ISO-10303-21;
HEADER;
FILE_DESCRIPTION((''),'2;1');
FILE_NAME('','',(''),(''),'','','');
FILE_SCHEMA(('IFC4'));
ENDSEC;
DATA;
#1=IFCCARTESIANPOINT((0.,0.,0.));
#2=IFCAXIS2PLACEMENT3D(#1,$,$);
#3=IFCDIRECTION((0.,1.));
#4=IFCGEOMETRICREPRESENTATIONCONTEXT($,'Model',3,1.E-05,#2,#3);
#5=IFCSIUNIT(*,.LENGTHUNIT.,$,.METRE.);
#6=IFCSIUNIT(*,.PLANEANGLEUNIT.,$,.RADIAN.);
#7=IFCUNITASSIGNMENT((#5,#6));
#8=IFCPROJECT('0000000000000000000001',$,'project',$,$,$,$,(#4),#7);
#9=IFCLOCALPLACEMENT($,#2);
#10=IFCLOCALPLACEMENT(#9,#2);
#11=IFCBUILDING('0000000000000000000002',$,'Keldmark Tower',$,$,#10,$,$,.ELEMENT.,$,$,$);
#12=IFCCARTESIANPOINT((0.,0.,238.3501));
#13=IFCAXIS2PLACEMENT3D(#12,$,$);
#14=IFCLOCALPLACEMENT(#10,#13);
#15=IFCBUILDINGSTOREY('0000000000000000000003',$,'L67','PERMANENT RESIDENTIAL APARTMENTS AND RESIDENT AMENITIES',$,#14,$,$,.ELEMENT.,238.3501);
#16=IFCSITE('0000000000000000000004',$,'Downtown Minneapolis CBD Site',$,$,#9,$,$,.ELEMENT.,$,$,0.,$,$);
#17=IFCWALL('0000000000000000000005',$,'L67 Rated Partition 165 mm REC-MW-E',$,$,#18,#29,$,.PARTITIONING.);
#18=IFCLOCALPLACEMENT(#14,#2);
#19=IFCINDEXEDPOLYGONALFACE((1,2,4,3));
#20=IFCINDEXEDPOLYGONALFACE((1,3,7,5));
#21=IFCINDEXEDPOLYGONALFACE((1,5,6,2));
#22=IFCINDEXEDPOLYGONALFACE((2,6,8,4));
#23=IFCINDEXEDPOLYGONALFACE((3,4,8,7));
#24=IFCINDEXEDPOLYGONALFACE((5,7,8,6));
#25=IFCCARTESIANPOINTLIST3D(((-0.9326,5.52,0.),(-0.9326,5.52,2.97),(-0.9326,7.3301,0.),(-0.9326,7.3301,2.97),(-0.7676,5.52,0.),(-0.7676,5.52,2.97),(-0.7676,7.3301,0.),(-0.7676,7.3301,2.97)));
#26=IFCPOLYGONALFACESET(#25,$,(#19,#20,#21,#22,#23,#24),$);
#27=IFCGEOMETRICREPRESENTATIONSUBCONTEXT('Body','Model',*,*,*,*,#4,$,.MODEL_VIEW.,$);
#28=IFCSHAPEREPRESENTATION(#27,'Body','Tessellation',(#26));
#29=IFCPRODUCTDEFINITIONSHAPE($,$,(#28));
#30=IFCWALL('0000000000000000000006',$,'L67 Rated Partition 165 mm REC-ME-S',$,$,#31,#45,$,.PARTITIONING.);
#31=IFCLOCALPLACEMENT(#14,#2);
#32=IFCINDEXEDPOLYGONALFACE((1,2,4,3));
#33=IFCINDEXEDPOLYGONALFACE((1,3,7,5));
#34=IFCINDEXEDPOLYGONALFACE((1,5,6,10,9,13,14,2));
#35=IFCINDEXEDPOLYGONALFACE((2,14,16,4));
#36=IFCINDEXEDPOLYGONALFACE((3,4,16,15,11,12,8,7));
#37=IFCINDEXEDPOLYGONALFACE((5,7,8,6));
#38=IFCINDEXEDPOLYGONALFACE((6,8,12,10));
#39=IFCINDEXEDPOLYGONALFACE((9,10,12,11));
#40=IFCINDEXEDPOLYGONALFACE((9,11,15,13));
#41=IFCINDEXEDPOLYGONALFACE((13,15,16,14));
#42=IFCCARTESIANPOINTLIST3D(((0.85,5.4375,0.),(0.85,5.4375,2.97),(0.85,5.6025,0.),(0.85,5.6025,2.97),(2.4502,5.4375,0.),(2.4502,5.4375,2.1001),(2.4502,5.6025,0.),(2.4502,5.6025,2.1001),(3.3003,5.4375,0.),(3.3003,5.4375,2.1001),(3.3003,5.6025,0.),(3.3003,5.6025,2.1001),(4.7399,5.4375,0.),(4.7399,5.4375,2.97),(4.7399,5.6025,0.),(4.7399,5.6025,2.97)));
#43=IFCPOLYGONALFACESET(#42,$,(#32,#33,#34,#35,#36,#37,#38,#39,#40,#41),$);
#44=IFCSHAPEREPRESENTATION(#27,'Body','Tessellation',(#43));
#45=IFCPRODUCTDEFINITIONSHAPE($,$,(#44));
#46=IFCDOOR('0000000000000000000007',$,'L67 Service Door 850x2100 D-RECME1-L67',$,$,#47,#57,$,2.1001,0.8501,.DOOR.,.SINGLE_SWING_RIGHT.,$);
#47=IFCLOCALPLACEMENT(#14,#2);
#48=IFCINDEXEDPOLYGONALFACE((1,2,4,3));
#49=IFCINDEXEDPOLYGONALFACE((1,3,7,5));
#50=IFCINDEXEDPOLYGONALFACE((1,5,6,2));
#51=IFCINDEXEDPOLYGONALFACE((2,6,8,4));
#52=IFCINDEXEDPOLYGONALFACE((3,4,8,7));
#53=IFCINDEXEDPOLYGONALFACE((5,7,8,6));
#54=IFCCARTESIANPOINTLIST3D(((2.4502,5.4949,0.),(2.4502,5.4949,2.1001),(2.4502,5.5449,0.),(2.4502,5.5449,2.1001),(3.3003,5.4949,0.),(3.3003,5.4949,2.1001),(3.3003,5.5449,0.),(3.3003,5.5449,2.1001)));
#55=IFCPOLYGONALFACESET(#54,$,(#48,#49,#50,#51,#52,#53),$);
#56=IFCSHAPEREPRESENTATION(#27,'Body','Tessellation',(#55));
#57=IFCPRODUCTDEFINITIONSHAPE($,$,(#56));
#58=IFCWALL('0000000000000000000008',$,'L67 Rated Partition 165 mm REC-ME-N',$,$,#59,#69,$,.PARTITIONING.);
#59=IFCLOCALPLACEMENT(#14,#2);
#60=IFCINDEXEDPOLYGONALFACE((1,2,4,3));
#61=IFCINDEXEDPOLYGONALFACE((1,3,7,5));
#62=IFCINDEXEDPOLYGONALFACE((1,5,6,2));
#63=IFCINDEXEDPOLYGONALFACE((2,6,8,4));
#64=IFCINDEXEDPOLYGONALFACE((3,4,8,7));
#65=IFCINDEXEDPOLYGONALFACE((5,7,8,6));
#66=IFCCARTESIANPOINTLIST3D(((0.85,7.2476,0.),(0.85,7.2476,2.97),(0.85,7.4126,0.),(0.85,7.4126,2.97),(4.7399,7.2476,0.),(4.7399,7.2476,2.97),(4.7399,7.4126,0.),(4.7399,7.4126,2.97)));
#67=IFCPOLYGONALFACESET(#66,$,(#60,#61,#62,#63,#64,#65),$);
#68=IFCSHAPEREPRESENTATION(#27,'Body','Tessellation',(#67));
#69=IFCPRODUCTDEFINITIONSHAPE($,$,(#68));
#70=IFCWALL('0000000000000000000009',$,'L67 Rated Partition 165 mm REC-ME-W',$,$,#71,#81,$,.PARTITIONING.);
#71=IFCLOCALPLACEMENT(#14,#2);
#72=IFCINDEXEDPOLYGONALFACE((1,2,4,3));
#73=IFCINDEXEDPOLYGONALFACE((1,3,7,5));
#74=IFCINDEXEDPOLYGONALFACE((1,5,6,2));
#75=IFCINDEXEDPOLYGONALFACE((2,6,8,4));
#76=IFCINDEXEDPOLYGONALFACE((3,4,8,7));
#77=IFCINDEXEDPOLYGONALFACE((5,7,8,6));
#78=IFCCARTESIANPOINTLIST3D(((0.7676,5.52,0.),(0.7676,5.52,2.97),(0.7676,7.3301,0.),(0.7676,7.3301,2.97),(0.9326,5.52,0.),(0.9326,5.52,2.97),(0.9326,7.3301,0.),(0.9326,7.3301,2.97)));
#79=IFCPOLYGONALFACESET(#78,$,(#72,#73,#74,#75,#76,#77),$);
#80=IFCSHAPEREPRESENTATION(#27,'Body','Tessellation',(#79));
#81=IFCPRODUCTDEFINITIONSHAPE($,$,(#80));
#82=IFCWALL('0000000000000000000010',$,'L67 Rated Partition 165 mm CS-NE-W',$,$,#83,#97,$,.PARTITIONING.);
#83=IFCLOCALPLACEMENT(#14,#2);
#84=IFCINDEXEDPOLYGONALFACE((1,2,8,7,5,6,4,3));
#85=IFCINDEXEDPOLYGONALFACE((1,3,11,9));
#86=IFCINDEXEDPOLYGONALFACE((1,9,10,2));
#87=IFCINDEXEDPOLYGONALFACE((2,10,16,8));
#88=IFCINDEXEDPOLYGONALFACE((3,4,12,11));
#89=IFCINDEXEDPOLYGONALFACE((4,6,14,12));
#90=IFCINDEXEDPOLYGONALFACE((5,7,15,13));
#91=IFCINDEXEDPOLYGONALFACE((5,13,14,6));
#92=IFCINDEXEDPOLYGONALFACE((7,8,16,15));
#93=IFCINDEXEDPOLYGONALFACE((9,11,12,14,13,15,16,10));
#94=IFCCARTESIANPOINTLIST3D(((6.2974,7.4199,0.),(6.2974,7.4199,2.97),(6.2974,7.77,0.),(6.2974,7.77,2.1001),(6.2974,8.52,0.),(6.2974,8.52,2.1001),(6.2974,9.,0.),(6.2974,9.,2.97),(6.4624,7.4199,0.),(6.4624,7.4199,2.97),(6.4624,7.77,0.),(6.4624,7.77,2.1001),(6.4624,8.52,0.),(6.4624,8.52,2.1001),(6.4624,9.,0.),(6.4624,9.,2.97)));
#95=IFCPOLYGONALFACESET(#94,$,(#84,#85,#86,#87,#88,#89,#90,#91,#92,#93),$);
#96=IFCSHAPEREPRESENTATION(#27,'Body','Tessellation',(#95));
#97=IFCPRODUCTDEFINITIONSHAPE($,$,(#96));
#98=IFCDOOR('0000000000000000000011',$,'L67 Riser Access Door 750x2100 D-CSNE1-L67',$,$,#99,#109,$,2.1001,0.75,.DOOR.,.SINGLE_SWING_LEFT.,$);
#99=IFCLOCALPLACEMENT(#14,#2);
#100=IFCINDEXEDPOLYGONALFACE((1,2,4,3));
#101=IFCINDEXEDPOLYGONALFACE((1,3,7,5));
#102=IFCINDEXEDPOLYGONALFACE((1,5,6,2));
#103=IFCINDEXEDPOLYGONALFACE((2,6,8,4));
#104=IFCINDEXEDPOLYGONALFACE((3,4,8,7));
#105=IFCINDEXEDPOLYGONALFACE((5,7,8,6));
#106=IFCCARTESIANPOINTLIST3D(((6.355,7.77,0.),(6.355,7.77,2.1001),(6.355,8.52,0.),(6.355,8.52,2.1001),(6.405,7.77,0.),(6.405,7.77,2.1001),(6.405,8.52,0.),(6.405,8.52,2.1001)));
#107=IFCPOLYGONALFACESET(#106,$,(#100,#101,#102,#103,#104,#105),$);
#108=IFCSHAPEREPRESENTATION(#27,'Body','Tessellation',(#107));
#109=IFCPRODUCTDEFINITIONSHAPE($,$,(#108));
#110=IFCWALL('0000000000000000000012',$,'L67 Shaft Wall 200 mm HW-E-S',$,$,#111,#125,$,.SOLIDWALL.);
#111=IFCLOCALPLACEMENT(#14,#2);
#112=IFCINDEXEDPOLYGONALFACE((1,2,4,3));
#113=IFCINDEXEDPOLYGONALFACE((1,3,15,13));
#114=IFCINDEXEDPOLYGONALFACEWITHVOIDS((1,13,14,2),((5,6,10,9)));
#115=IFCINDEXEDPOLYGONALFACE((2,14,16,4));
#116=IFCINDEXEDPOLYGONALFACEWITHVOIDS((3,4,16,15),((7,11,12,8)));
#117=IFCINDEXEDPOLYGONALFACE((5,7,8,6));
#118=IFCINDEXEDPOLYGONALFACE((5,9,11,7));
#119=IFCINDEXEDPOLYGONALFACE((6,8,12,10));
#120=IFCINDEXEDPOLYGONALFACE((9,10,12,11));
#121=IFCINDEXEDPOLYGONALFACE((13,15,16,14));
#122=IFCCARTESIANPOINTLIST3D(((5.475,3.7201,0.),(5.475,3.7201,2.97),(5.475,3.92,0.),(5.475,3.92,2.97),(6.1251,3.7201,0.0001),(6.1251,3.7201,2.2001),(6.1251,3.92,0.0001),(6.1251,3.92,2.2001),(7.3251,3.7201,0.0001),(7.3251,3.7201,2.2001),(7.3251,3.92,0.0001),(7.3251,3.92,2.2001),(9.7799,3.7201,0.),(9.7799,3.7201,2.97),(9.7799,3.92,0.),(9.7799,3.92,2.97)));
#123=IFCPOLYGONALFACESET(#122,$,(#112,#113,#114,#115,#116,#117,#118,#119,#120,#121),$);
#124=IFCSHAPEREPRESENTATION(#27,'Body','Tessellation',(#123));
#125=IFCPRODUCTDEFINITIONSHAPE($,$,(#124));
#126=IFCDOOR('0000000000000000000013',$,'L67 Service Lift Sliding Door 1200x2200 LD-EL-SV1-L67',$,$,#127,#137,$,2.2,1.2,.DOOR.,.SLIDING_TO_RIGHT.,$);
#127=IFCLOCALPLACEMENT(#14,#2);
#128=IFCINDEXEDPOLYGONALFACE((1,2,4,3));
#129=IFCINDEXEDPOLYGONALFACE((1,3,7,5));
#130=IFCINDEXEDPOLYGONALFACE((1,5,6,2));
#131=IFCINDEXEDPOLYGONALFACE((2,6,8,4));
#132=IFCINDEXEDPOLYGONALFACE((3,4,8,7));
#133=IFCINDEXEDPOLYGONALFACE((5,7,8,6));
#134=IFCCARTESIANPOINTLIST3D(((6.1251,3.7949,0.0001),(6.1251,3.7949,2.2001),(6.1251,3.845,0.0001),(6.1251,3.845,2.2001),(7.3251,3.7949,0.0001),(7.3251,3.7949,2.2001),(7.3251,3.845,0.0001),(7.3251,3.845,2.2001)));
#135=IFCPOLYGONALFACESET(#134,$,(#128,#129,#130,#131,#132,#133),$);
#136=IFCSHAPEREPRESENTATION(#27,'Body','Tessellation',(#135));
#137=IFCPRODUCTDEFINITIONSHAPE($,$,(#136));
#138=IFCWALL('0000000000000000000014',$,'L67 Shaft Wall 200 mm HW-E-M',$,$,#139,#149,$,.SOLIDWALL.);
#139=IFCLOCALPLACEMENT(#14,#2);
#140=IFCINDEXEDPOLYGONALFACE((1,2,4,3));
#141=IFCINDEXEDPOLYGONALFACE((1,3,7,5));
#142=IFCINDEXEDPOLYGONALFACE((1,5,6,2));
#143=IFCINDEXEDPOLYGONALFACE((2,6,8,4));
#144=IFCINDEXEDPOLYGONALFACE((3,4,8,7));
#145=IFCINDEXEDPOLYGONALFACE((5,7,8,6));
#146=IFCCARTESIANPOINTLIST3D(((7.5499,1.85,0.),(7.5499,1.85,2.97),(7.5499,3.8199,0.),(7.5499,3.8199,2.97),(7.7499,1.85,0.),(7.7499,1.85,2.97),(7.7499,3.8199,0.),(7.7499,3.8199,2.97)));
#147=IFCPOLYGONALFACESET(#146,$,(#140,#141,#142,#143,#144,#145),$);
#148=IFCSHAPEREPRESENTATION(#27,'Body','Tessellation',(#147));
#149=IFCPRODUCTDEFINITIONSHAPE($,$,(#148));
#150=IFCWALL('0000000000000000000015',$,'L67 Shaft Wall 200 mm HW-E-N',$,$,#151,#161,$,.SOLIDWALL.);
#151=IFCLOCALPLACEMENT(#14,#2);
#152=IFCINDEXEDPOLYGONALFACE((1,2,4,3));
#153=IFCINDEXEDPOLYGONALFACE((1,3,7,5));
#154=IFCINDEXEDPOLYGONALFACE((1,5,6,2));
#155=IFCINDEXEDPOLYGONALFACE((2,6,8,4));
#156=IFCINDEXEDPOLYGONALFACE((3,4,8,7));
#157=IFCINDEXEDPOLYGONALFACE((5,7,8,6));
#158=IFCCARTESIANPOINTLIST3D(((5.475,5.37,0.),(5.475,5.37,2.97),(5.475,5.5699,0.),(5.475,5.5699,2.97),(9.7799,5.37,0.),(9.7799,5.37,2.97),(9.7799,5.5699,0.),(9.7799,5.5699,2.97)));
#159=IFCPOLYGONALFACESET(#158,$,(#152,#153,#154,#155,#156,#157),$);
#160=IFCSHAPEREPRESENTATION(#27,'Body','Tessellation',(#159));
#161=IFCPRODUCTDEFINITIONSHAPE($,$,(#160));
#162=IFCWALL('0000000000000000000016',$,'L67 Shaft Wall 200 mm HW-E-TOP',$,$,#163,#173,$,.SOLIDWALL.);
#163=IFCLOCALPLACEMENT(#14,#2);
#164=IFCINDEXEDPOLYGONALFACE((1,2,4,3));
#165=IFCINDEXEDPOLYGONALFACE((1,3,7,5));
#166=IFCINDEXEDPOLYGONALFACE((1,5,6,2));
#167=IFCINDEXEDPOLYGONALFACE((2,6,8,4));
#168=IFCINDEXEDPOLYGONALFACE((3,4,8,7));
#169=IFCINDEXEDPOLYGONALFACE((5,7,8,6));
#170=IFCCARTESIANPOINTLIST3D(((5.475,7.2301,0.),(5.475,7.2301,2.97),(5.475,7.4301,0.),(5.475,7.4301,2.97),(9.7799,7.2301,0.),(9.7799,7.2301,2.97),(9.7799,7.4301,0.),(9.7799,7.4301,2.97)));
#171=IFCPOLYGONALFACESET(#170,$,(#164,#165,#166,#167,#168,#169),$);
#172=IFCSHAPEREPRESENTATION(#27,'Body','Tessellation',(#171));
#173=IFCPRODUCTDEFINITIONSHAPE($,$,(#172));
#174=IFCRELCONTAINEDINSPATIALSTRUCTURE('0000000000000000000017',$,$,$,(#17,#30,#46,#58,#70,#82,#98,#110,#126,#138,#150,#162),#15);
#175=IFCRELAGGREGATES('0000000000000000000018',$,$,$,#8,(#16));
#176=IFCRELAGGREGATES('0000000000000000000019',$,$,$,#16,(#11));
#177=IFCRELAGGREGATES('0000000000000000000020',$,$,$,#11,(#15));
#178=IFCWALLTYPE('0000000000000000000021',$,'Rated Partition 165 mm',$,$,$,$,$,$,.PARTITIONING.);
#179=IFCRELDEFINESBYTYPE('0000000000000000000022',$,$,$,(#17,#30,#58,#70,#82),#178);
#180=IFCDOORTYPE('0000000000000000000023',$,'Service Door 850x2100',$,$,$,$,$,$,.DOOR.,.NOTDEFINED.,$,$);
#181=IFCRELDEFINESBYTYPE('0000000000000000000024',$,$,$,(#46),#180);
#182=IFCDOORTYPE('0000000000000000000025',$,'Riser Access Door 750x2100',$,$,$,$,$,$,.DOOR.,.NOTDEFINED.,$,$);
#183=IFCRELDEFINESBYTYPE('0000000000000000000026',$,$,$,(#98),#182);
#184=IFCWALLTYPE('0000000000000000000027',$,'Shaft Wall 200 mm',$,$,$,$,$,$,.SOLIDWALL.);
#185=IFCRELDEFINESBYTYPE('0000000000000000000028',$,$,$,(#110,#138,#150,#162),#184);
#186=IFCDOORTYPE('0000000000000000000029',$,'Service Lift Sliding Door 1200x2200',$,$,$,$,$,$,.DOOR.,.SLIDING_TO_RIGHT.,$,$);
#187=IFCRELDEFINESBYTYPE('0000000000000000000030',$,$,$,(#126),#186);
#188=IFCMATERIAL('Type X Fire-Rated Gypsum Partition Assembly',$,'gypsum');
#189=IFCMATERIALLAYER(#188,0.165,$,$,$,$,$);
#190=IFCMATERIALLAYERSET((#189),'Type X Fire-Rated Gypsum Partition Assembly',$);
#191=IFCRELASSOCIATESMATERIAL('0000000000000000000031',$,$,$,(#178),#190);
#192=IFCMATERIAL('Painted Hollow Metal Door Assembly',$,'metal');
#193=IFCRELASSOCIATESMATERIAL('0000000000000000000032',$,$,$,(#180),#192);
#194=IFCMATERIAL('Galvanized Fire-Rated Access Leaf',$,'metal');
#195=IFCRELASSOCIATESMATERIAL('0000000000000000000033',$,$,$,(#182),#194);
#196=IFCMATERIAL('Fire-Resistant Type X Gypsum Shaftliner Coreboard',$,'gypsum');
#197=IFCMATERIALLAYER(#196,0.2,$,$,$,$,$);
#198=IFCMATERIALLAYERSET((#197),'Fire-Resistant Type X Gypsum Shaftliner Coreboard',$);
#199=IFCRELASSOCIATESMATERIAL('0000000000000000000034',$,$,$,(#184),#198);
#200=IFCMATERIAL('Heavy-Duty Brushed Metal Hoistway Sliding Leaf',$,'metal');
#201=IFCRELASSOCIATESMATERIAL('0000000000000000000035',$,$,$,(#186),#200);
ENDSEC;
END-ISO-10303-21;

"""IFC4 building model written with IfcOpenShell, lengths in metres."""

from ifc_helpers import new_model, si_unit, direction, frame, frame_2d, origin, place, context, subcontext, project, spatial, rectangle, extrude, material, layer, layer_set, type_object, element, fill, save


model = new_model("IFC4")

# Units and contexts
model_context = context("Model", 3, precision=1e-05, world=origin(), true_north=direction((0.0, 1.0)))
body_context = subcontext(model_context, "Body", "Model", "MODEL_VIEW")
ifc_project = project(units=[si_unit("LENGTHUNIT", "METRE"), si_unit("PLANEANGLEUNIT", "RADIAN")], contexts=[model_context])

# Site, building, storey
site_placement = place(None, origin())
site = spatial("IfcSite", under=ifc_project, at=site_placement, Name="Downtown Minneapolis CBD Site", CompositionType="ELEMENT", RefElevation=0.0)
building_placement = place(site_placement, origin())
building = spatial("IfcBuilding", under=site, at=building_placement, Name="Keldmark Tower", CompositionType="ELEMENT")
storey_placement = place(building_placement, frame((0.0, 0.0, 238.3501)))
storey = spatial("IfcBuildingStorey", under=building, at=storey_placement, Name="L67", Description="PERMANENT RESIDENTIAL APARTMENTS AND RESIDENT AMENITIES", CompositionType="ELEMENT", Elevation=238.3501)

# Shared definitions
ifc_material_1 = material(Name="Type X Fire-Rated Gypsum Partition Assembly", Category="gypsum")
ifc_layer_1 = layer(ifc_material_1, 0.165)
ifc_layer_set_1 = layer_set([ifc_layer_1], Name="Type X Fire-Rated Gypsum Partition Assembly")
wall_type_1 = type_object("IfcWallType", Name="Rated Partition 165 mm", PredefinedType="PARTITIONING", material=ifc_layer_set_1)

# Shared definitions
ifc_material_2 = material(Name="Painted Hollow Metal Door Assembly", Category="metal")
door_type_1 = type_object("IfcDoorType", Name="Service Door 850x2100", OperationType="NOTDEFINED", PredefinedType="DOOR", material=ifc_material_2)

# Wall
wall_1_placement = place(storey_placement, frame((-0.8501, 5.52, 0.0), z_axis=(0.0, 0.0, 1.0), x_axis=(0.0, 1.0, 0.0)))
element("IfcWall", 1, at=wall_1_placement, inside=storey, type_object=wall_type_1, Name="L67 Rated Partition 165 mm REC-MW-E", PredefinedType="PARTITIONING", context=body_context, shape_type="SweptSolid", body=[
    extrude(rectangle(XDim=1.8101, YDim=0.165, at=frame_2d((0.905, 0.0))), origin(), (0.0, 0.0, 1.0), 2.97),
])

# Wall, opening, door
wall_2_placement = place(storey_placement, frame((0.8501, 5.52, 0.0), z_axis=(0.0, 0.0, 1.0), x_axis=(1.0, 0.0, 0.0)))
wall_2 = element("IfcWall", 2, at=wall_2_placement, inside=storey, type_object=wall_type_1, Name="L67 Rated Partition 165 mm REC-ME-S", PredefinedType="PARTITIONING", context=body_context, shape_type="SweptSolid", body=[
    extrude(rectangle(XDim=3.8899, YDim=0.165, at=frame_2d((1.9448, 0.0))), origin(), (0.0, 0.0, 1.0), 2.97),
])
opening_1_placement = place(wall_2_placement, frame((1.6001, 0.0, 0.0)))
opening_1 = element("IfcOpeningElement", 3, at=opening_1_placement, cuts=wall_2, PredefinedType="OPENING", context=body_context, shape_type="SweptSolid", body=[
    extrude(rectangle(XDim=0.8501, YDim=2.1001, at=frame_2d((0.425, 1.05))), frame((0.0, 0.0925, 0.0), z_axis=(0.0, -1.0, 0.0), x_axis=(1.0, 0.0, 0.0)), (0.0, 0.0, 1.0), 0.1851),
])
door_1_placement = place(opening_1_placement, origin())
door_1 = element("IfcDoor", 4, at=door_1_placement, inside=storey, type_object=door_type_1, Name="L67 Service Door 850x2100 D-RECME1-L67", OperationType="SINGLE_SWING_RIGHT", OverallHeight=2.1001, OverallWidth=0.8501, PredefinedType="DOOR", context=body_context, shape_type="SweptSolid", body=[
    extrude(rectangle(XDim=0.8501, YDim=2.1001, at=frame_2d((0.425, 1.05))), frame((0.0, 0.0249, 0.0), z_axis=(0.0, -1.0, 0.0), x_axis=(1.0, 0.0, 0.0)), (0.0, 0.0, 1.0), 0.05),
])
fill(opening_1, door_1)

# Walls
wall_3_placement = place(storey_placement, frame((0.8501, 7.3301, 0.0), z_axis=(0.0, 0.0, 1.0), x_axis=(1.0, 0.0, 0.0)))
element("IfcWall", 5, at=wall_3_placement, inside=storey, type_object=wall_type_1, Name="L67 Rated Partition 165 mm REC-ME-N", PredefinedType="PARTITIONING", context=body_context, shape_type="SweptSolid", body=[
    extrude(rectangle(XDim=3.8899, YDim=0.165, at=frame_2d((1.9448, 0.0))), origin(), (0.0, 0.0, 1.0), 2.97),
])
wall_4_placement = place(storey_placement, frame((0.8501, 5.52, 0.0), z_axis=(0.0, 0.0, 1.0), x_axis=(0.0, 1.0, 0.0)))
element("IfcWall", 6, at=wall_4_placement, inside=storey, type_object=wall_type_1, Name="L67 Rated Partition 165 mm REC-ME-W", PredefinedType="PARTITIONING", context=body_context, shape_type="SweptSolid", body=[
    extrude(rectangle(XDim=1.8101, YDim=0.165, at=frame_2d((0.905, 0.0))), origin(), (0.0, 0.0, 1.0), 2.97),
])

# Walls, openings, doors
wall_5_placement = place(storey_placement, frame((6.3799, 7.4199, 0.0), z_axis=(0.0, 0.0, 1.0), x_axis=(0.0, 1.0, 0.0)))
wall_5 = element("IfcWall", 7, at=wall_5_placement, inside=storey, type_object=wall_type_1, Name="L67 Rated Partition 165 mm CS-NE-W", PredefinedType="PARTITIONING", context=body_context, shape_type="SweptSolid", body=[
    extrude(rectangle(XDim=1.5801, YDim=0.165, at=frame_2d((0.79, 0.0))), origin(), (0.0, 0.0, 1.0), 2.97),
])
opening_2_placement = place(wall_5_placement, frame((0.3501, 0.0, 0.0)))
opening_2 = element("IfcOpeningElement", 8, at=opening_2_placement, cuts=wall_5, PredefinedType="OPENING", context=body_context, shape_type="SweptSolid", body=[
    extrude(rectangle(XDim=0.75, YDim=2.1001, at=frame_2d((0.375, 1.05))), frame((0.0, 0.0925, 0.0), z_axis=(0.0, -1.0, 0.0), x_axis=(1.0, 0.0, 0.0)), (0.0, 0.0, 1.0), 0.1851),
])
ifc_material_3 = material(Name="Galvanized Fire-Rated Access Leaf", Category="metal")
door_type_2 = type_object("IfcDoorType", Name="Riser Access Door 750x2100", OperationType="NOTDEFINED", PredefinedType="DOOR", material=ifc_material_3)
door_2_placement = place(opening_2_placement, origin())
door_2 = element("IfcDoor", 9, at=door_2_placement, inside=storey, type_object=door_type_2, Name="L67 Riser Access Door 750x2100 D-CSNE1-L67", OperationType="SINGLE_SWING_LEFT", OverallHeight=2.1001, OverallWidth=0.75, PredefinedType="DOOR", context=body_context, shape_type="SweptSolid", body=[
    extrude(rectangle(XDim=0.75, YDim=2.1001, at=frame_2d((0.375, 1.05))), frame((0.0, 0.0249, 0.0), z_axis=(0.0, -1.0, 0.0), x_axis=(1.0, 0.0, 0.0)), (0.0, 0.0, 1.0), 0.05),
])
fill(opening_2, door_2)
ifc_material_4 = material(Name="Fire-Resistant Type X Gypsum Shaftliner Coreboard", Category="gypsum")
ifc_layer_2 = layer(ifc_material_4, 0.2)
ifc_layer_set_2 = layer_set([ifc_layer_2], Name="Fire-Resistant Type X Gypsum Shaftliner Coreboard")
wall_type_2 = type_object("IfcWallType", Name="Shaft Wall 200 mm", PredefinedType="SOLIDWALL", material=ifc_layer_set_2)
wall_6_placement = place(storey_placement, frame((5.4751, 3.8201, 0.0), z_axis=(0.0, 0.0, 1.0), x_axis=(1.0, 0.0, 0.0)))
wall_6 = element("IfcWall", 10, at=wall_6_placement, inside=storey, type_object=wall_type_2, Name="L67 Shaft Wall 200 mm HW-E-S", PredefinedType="SOLIDWALL", context=body_context, shape_type="SweptSolid", body=[
    extrude(rectangle(XDim=4.3049, YDim=0.2, at=frame_2d((2.1523, 0.0))), origin(), (0.0, 0.0, 1.0), 2.97),
])
opening_3_placement = place(wall_6_placement, frame((0.6499, 0.0, 0.0)))
opening_3 = element("IfcOpeningElement", 11, at=opening_3_placement, cuts=wall_6, PredefinedType="OPENING", context=body_context, shape_type="SweptSolid", body=[
    extrude(rectangle(XDim=1.2, YDim=2.2, at=frame_2d((0.6001, 1.1001))), frame((0.0, 0.1099, 0.0), z_axis=(0.0, -1.0, 0.0), x_axis=(1.0, 0.0, 0.0)), (0.0, 0.0, 1.0), 0.22),
])
ifc_material_5 = material(Name="Heavy-Duty Brushed Metal Hoistway Sliding Leaf", Category="metal")
door_type_3 = type_object("IfcDoorType", Name="Service Lift Sliding Door 1200x2200", OperationType="SLIDING_TO_RIGHT", PredefinedType="DOOR", material=ifc_material_5)
door_3_placement = place(opening_3_placement, origin())
door_3 = element("IfcDoor", 12, at=door_3_placement, inside=storey, type_object=door_type_3, Name="L67 Service Lift Sliding Door 1200x2200 LD-EL-SV1-L67", OperationType="SLIDING_TO_RIGHT", OverallHeight=2.2, OverallWidth=1.2, PredefinedType="DOOR", context=body_context, shape_type="SweptSolid", body=[
    extrude(rectangle(XDim=1.2, YDim=2.2, at=frame_2d((0.6001, 1.1001))), frame((0.0, 0.0249, 0.0), z_axis=(0.0, -1.0, 0.0), x_axis=(1.0, 0.0, 0.0)), (0.0, 0.0, 1.0), 0.05),
])
fill(opening_3, door_3)

# Walls
wall_7_placement = place(storey_placement, frame((7.6499, 1.8501, 0.0), z_axis=(0.0, 0.0, 1.0), x_axis=(0.0, 1.0, 0.0)))
element("IfcWall", 13, at=wall_7_placement, inside=storey, type_object=wall_type_2, Name="L67 Shaft Wall 200 mm HW-E-M", PredefinedType="SOLIDWALL", context=body_context, shape_type="SweptSolid", body=[
    extrude(rectangle(XDim=1.97, YDim=0.2, at=frame_2d((0.9849, 0.0))), origin(), (0.0, 0.0, 1.0), 2.97),
])
for number, where, z_axis, x_axis, name in (
    (14, (5.4751, 5.47, 0.0), (0.0, 0.0, 1.0), (1.0, 0.0, 0.0), "L67 Shaft Wall 200 mm HW-E-N"),
    (15, (5.4751, 7.3301, 0.0), (0.0, 0.0, 1.0), (1.0, 0.0, 0.0), "L67 Shaft Wall 200 mm HW-E-TOP"),
):
    element("IfcWall", number, at=place(storey_placement, frame(where, z_axis=z_axis, x_axis=x_axis)), inside=storey, type_object=wall_type_2, Name=name, PredefinedType="SOLIDWALL", context=body_context, shape_type="SweptSolid", body=[
        extrude(rectangle(XDim=4.3049, YDim=0.2, at=frame_2d((2.1523, 0.0))), origin(), (0.0, 0.0, 1.0), 2.97),
    ])

save(model, "model.ifc")
